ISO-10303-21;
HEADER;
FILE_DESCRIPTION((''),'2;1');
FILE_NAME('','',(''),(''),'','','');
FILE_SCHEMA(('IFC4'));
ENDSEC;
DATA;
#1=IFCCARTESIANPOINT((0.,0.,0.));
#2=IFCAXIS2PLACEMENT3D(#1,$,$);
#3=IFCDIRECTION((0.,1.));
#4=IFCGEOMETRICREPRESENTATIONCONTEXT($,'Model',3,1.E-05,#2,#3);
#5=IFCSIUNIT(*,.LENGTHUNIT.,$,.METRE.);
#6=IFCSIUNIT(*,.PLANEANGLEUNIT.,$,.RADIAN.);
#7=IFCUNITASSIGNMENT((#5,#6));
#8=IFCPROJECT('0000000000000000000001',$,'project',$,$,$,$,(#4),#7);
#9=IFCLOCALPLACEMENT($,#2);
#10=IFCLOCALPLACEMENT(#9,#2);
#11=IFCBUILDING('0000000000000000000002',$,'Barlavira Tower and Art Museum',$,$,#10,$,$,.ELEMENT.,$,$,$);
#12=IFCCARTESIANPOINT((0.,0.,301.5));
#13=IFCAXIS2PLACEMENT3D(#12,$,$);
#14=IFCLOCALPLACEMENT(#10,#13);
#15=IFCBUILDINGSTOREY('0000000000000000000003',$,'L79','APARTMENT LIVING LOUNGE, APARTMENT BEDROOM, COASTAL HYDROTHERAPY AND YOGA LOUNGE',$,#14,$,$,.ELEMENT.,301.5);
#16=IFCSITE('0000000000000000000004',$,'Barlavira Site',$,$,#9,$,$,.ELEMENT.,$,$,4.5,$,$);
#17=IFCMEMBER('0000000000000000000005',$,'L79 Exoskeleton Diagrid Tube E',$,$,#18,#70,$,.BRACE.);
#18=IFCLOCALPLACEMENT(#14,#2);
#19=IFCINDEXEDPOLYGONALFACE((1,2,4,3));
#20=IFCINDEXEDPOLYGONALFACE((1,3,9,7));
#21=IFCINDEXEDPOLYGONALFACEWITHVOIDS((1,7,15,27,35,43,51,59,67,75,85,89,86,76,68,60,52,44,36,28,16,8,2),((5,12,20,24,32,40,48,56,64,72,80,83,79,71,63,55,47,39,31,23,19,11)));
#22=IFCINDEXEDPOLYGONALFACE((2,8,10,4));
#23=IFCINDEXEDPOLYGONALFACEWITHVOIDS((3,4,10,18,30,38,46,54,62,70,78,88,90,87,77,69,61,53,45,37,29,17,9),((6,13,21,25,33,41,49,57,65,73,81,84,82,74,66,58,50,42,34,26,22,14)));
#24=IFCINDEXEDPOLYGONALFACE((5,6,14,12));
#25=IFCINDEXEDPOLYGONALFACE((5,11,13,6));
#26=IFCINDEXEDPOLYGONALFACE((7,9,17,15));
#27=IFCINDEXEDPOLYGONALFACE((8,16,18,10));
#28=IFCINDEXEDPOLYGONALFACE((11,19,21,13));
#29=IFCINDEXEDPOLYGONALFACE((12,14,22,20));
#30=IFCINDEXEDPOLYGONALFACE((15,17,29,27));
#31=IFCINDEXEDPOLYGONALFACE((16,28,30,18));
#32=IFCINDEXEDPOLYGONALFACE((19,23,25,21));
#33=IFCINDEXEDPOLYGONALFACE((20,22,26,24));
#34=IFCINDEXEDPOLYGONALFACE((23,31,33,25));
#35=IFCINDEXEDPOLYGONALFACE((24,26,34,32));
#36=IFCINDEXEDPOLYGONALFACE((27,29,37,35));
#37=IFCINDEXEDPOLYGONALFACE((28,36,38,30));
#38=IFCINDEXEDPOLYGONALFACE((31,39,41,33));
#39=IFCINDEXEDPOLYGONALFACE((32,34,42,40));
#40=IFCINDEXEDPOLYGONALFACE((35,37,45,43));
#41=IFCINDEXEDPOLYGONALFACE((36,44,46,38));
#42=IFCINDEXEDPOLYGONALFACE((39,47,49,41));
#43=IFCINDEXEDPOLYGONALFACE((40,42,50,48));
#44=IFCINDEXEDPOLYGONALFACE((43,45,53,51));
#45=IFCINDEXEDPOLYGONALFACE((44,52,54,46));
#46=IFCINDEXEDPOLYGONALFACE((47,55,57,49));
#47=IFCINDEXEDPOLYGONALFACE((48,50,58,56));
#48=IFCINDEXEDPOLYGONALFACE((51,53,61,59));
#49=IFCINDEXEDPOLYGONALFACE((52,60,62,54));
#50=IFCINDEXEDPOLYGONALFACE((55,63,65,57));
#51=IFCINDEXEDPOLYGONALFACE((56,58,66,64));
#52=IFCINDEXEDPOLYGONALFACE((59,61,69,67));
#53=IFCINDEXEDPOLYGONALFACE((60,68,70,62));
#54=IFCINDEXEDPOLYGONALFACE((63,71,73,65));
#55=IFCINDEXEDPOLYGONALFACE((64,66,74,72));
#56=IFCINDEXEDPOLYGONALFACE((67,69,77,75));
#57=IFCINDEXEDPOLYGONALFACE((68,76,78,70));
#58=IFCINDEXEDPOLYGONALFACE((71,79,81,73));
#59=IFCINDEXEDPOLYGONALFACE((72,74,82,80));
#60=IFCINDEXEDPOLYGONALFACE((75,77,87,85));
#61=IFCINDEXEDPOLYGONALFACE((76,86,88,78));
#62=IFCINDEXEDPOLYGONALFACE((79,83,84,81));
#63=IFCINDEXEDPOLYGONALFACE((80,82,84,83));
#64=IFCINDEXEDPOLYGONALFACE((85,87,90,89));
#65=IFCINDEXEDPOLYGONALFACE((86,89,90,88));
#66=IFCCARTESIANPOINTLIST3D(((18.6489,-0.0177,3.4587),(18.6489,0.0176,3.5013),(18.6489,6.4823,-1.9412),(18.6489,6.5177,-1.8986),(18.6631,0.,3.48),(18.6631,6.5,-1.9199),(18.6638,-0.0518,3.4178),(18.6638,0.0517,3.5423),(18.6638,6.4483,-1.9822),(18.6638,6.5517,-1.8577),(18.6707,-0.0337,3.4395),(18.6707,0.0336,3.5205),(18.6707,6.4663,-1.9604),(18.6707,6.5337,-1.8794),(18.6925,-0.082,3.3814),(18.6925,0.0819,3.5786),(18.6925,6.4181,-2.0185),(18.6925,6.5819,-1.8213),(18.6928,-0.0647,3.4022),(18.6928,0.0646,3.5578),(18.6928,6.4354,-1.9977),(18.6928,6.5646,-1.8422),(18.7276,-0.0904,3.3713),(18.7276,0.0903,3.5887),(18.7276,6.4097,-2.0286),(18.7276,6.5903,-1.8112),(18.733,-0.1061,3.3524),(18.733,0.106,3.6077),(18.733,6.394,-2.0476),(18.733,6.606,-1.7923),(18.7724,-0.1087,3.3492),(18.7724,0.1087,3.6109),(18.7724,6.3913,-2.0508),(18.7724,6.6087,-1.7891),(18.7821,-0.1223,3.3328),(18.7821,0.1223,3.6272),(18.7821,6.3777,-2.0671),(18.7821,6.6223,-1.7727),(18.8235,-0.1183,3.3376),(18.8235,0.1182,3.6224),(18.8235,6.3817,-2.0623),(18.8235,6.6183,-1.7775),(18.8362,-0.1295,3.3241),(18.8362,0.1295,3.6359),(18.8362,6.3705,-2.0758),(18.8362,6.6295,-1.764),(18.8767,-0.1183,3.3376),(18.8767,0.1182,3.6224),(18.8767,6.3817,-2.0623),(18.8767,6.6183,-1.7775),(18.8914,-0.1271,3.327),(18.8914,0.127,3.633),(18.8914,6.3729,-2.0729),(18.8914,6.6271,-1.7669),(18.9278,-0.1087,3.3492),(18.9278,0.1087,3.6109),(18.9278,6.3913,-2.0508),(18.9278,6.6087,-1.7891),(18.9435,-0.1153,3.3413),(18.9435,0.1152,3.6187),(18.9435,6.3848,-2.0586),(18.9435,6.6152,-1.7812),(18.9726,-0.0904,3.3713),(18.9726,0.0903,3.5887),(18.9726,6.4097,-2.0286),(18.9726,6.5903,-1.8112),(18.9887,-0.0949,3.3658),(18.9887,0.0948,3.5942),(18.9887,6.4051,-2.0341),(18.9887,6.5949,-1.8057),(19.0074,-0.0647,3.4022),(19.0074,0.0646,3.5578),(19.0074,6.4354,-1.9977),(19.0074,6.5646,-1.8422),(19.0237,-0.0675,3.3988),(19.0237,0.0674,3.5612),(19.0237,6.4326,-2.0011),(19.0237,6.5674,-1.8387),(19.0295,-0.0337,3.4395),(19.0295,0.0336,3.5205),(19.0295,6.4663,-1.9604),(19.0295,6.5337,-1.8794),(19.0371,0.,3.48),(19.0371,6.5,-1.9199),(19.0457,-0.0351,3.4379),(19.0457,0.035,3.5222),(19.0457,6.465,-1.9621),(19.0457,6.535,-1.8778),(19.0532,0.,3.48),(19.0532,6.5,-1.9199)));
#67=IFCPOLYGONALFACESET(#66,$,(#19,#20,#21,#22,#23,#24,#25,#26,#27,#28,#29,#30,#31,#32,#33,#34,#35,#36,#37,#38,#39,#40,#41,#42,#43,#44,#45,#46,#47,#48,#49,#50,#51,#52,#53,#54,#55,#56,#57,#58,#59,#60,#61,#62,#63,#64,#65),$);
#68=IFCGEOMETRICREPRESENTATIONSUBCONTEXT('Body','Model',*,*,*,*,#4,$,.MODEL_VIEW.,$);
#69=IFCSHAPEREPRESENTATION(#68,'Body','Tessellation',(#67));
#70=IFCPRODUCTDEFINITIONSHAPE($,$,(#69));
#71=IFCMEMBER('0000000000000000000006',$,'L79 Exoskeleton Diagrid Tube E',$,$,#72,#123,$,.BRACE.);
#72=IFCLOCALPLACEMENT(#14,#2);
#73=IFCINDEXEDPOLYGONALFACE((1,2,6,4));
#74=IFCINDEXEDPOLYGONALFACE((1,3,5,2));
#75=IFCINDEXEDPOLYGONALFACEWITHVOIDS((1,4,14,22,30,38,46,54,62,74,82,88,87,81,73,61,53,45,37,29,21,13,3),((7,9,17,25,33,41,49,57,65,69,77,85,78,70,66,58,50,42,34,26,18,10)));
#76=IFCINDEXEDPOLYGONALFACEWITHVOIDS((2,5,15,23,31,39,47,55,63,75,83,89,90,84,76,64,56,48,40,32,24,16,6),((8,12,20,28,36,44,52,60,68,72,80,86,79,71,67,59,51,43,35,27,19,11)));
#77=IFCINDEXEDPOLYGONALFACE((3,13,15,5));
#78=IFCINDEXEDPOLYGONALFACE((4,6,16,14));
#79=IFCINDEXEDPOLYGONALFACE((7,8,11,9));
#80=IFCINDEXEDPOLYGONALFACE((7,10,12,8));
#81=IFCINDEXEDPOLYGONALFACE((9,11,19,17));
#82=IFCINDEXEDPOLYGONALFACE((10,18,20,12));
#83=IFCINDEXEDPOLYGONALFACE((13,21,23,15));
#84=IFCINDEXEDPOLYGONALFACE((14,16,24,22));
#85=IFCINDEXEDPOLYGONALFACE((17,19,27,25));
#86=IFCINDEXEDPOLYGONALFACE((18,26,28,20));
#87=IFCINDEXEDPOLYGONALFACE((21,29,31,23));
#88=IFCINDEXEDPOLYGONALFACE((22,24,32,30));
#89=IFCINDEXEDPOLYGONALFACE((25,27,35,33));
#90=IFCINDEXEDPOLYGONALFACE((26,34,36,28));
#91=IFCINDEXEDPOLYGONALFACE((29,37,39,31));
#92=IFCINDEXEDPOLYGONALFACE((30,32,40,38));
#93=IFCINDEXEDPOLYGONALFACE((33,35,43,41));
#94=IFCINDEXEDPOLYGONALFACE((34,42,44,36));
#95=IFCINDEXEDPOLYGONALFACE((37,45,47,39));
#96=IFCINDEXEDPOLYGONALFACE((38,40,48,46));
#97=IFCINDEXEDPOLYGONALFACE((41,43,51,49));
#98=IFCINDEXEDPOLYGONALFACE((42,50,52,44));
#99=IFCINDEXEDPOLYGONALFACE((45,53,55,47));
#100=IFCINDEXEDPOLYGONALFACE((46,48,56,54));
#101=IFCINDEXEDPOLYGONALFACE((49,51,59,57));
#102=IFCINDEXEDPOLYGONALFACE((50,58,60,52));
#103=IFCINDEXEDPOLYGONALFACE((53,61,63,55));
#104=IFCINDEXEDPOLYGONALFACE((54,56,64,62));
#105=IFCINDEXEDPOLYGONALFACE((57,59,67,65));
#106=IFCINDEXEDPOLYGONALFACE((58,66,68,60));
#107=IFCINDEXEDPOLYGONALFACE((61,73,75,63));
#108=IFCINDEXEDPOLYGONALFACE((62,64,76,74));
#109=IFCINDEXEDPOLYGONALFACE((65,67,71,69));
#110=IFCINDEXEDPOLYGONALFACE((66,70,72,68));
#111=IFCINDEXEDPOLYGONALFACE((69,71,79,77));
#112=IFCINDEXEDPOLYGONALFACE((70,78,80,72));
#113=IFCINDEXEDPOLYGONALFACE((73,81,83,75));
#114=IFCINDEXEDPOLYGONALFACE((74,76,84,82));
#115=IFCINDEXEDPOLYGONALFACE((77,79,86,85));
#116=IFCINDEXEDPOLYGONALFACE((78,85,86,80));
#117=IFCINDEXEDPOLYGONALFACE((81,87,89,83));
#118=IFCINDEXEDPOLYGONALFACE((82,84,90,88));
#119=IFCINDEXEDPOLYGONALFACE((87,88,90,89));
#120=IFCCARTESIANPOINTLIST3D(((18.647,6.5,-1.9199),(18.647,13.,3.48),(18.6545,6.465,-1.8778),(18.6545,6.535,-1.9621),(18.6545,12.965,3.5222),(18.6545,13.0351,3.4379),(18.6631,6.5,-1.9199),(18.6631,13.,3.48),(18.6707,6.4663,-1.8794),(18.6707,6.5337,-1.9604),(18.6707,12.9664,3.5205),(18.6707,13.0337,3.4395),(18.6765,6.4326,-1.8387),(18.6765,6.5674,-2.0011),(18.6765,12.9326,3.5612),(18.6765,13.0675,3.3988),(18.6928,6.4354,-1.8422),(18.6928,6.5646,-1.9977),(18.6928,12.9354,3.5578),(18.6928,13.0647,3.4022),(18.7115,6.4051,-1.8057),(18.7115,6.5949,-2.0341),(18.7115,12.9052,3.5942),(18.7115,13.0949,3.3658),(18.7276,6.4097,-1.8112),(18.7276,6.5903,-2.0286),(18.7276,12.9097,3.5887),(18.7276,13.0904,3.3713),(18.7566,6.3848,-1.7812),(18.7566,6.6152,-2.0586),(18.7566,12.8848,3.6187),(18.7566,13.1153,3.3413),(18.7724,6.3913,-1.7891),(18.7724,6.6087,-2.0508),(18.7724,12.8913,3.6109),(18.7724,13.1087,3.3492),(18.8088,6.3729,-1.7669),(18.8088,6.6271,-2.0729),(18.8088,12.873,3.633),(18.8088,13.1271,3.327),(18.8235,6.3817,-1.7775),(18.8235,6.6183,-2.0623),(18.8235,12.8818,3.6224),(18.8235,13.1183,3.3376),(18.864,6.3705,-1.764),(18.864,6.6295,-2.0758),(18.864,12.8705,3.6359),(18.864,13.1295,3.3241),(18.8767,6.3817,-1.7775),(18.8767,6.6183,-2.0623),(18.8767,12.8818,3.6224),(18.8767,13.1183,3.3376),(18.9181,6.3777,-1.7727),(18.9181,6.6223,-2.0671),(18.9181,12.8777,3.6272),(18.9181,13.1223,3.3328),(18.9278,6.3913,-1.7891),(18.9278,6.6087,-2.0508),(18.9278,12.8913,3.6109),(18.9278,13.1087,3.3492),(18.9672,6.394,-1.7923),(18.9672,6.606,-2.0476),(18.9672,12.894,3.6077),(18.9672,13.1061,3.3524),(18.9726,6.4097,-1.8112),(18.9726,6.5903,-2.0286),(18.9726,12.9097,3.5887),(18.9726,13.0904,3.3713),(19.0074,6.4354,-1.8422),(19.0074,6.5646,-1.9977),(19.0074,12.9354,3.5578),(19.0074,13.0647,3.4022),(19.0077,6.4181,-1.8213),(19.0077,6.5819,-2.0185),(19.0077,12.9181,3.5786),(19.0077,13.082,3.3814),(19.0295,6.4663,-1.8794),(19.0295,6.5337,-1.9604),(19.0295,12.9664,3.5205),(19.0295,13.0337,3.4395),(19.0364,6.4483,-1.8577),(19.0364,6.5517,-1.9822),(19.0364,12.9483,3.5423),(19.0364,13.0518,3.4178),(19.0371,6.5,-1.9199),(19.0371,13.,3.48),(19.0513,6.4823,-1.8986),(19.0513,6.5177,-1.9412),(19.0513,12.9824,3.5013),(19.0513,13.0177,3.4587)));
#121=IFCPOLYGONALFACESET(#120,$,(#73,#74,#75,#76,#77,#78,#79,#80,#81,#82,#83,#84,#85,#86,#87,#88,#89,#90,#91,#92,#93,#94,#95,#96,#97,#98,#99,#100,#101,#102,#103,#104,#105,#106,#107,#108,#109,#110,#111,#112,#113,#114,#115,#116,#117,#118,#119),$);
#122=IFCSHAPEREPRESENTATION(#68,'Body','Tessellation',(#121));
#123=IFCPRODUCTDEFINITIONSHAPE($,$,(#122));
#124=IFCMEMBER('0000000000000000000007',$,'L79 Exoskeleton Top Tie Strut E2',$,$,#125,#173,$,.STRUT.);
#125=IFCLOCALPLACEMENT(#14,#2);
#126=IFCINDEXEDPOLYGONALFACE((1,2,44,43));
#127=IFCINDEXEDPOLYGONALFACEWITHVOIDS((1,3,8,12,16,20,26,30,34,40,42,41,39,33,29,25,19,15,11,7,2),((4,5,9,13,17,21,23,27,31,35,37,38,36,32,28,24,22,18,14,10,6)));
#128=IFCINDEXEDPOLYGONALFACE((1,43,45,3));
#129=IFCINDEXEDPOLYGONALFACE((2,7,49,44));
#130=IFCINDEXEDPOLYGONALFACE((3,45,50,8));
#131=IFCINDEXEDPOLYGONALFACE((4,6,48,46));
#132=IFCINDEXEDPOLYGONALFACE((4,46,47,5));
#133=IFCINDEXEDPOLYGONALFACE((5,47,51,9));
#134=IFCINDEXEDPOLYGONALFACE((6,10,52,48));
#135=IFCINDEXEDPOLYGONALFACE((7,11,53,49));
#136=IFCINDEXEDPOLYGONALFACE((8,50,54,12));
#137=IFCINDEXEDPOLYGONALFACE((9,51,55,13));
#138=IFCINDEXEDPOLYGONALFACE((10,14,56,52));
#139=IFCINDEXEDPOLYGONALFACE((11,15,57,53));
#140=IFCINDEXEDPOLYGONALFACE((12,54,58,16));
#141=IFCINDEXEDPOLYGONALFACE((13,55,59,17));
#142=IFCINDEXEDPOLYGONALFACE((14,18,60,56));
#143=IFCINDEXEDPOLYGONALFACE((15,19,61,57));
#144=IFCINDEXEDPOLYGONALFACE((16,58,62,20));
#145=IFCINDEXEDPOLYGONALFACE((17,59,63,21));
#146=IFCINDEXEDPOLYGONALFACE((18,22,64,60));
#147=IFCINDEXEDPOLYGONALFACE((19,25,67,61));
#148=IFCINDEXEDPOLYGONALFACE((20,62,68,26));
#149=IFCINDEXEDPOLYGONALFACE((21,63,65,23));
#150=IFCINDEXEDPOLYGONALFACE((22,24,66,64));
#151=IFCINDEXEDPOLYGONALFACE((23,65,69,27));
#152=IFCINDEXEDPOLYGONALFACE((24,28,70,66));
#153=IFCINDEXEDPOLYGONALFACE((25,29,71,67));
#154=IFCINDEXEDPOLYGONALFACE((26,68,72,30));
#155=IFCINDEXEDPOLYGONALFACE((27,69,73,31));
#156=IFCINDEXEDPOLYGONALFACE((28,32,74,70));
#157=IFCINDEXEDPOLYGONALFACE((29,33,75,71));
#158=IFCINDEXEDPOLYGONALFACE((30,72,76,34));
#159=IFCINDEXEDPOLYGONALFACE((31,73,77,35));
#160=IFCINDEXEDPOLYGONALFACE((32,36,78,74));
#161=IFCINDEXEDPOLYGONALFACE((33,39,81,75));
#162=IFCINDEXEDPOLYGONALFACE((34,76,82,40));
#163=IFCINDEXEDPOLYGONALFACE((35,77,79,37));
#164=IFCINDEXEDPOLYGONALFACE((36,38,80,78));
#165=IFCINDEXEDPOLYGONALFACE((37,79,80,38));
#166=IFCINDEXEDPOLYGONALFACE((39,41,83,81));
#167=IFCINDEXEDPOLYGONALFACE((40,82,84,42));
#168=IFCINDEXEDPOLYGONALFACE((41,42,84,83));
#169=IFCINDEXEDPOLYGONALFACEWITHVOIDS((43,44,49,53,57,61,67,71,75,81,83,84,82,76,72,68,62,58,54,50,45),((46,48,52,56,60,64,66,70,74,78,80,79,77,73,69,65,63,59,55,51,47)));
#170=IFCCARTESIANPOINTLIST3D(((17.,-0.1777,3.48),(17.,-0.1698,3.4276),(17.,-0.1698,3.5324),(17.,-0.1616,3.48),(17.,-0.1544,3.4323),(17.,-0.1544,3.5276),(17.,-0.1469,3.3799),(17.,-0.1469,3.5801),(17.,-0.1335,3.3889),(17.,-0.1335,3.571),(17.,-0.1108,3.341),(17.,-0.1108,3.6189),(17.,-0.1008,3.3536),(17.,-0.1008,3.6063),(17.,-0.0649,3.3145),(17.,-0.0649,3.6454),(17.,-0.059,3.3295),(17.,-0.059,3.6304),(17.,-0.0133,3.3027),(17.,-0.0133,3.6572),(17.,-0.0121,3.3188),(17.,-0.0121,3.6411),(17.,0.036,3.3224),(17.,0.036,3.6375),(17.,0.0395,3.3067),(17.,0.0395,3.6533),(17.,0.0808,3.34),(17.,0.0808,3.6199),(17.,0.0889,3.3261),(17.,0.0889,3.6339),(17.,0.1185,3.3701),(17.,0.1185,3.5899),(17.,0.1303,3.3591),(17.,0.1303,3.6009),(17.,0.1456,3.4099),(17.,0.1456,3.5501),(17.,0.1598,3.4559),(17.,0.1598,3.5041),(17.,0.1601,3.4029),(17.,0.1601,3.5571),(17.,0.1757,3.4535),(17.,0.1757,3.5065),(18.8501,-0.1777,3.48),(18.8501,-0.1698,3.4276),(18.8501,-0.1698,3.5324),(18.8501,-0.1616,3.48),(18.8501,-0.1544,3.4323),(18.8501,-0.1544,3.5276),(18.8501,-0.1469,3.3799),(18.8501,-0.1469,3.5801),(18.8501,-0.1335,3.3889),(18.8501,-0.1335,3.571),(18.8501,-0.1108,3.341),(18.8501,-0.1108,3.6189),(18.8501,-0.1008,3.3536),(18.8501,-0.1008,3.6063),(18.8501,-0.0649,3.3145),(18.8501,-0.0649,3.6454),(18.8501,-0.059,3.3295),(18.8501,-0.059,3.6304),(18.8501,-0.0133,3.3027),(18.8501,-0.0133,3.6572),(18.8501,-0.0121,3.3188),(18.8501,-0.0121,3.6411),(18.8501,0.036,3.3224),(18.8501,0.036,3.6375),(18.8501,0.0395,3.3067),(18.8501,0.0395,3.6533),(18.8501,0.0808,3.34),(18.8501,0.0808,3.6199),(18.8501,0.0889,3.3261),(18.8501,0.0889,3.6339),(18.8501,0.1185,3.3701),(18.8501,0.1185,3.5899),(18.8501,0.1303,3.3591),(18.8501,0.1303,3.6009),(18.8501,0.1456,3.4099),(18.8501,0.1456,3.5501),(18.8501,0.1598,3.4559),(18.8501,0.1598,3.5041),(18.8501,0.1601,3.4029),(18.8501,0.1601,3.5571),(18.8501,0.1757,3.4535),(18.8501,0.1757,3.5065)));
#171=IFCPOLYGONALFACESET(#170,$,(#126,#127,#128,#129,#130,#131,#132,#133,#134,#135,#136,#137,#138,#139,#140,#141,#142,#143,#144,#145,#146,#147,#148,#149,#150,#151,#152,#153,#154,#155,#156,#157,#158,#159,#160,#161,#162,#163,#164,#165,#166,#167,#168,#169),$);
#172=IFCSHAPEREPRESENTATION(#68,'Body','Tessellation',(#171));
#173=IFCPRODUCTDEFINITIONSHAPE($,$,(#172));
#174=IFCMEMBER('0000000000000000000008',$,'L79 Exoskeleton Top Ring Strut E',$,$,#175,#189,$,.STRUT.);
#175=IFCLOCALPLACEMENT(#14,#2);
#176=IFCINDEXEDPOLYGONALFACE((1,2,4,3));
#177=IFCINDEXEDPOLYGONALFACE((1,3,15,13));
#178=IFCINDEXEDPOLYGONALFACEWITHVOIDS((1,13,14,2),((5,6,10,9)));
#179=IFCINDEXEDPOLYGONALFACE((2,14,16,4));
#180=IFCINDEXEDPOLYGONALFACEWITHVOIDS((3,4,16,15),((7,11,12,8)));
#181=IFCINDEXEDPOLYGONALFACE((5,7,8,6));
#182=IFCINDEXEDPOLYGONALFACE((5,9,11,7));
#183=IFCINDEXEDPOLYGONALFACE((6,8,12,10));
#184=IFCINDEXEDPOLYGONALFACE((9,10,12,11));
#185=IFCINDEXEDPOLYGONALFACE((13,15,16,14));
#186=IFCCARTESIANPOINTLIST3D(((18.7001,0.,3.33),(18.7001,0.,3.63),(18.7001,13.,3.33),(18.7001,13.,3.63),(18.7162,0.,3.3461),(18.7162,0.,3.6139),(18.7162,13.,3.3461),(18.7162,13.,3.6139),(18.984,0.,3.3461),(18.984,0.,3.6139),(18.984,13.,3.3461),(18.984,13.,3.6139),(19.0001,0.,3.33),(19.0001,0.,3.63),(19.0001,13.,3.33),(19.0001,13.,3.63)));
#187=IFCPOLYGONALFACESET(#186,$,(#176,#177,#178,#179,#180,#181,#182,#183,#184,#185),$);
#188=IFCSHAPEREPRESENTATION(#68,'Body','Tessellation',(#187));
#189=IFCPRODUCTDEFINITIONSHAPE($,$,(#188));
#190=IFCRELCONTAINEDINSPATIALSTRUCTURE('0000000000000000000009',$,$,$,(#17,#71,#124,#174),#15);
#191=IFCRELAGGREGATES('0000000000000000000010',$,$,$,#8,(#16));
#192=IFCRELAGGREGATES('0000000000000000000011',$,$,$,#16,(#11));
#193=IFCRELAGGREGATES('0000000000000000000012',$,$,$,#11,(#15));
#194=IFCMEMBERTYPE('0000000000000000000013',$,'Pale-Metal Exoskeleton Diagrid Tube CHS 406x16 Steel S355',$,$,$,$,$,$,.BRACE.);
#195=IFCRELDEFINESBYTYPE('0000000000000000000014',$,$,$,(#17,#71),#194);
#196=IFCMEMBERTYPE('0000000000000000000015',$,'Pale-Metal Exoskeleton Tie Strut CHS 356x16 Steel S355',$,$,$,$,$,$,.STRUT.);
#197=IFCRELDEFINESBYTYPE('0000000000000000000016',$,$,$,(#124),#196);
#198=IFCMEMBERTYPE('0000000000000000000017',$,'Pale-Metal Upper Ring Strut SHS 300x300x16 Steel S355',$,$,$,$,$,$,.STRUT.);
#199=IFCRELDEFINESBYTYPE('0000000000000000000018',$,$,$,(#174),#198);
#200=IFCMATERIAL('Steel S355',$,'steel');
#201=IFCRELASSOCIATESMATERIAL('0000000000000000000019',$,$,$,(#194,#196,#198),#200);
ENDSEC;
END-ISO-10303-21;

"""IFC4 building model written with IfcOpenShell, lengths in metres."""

from ifc_helpers import new_model, si_unit, direction, frame, origin, origin_2d, place, context, subcontext, project, spatial, hollow_rectangle, hollow_circle, extrude, material, material_profile, profile_set, type_object, element, save


model = new_model("IFC4")

# Units and contexts
model_context = context("Model", 3, precision=1e-05, world=origin(), true_north=direction((0.0, 1.0)))
body_context = subcontext(model_context, "Body", "Model", "MODEL_VIEW")
ifc_project = project(units=[si_unit("LENGTHUNIT", "METRE"), si_unit("PLANEANGLEUNIT", "RADIAN")], contexts=[model_context])

# Site, building, storey
site_placement = place(None, origin())
site = spatial("IfcSite", under=ifc_project, at=site_placement, Name="Barlavira Site", CompositionType="ELEMENT", RefElevation=4.5)
building_placement = place(site_placement, origin())
building = spatial("IfcBuilding", under=site, at=building_placement, Name="Barlavira Tower and Art Museum", CompositionType="ELEMENT")
storey_placement = place(building_placement, frame((0.0, 0.0, 301.5)))
storey = spatial("IfcBuildingStorey", under=building, at=storey_placement, Name="L79", Description="APARTMENT LIVING LOUNGE, APARTMENT BEDROOM, COASTAL HYDROTHERAPY AND YOGA LOUNGE", CompositionType="ELEMENT", Elevation=301.5)

# Members
ifc_material_1 = material(Name="Steel S355", Category="steel")
ifc_material_profile_1 = material_profile(ifc_material_1, hollow_circle(Radius=0.2031, WallThickness=0.0161, at=origin_2d()), Name="CHS 406.4x16.0")
ifc_profile_set_1 = profile_set([ifc_material_profile_1], Name="Steel S355")
member_type_1 = type_object("IfcMemberType", Name="Pale-Metal Exoskeleton Diagrid Tube CHS 406x16 Steel S355", PredefinedType="BRACE", material=ifc_profile_set_1)
for number, where, z_axis, x_axis, name in (
    (1, (18.8501, 6.5, -1.9199), (0.0, -0.769196, 0.639013), (1.0, 0.0, 0.0), "L79 Exoskeleton Diagrid Tube E"),
    (2, (18.8501, 6.5, -1.9199), (0.0, 0.769196, 0.639013), (-1.0, 0.0, 0.0), "L79 Exoskeleton Diagrid Tube E"),
):
    element("IfcMember", number, at=place(storey_placement, frame(where, z_axis=z_axis, x_axis=x_axis)), inside=storey, type_object=member_type_1, Name=name, PredefinedType="BRACE", context=body_context, shape_type="SweptSolid", body=[
        extrude(hollow_circle(Radius=0.2031, WallThickness=0.0161, at=origin_2d()), origin(), (0.0, 0.0, 1.0), 8.4504),
    ])
ifc_material_profile_2 = material_profile(ifc_material_1, hollow_circle(Radius=0.1777, WallThickness=0.0161, at=origin_2d()), Name="CHS 355.6x16.0")
ifc_profile_set_2 = profile_set([ifc_material_profile_2], Name="Steel S355")
member_type_2 = type_object("IfcMemberType", Name="Pale-Metal Exoskeleton Tie Strut CHS 356x16 Steel S355", PredefinedType="STRUT", material=ifc_profile_set_2)
member_1_placement = place(storey_placement, frame((18.8501, 0.0, 3.48), z_axis=(-1.0, 0.0, 0.0), x_axis=(0.0, -1.0, 0.0)))
element("IfcMember", 3, at=member_1_placement, inside=storey, type_object=member_type_2, Name="L79 Exoskeleton Top Tie Strut E2", PredefinedType="STRUT", context=body_context, shape_type="SweptSolid", body=[
    extrude(hollow_circle(Radius=0.1777, WallThickness=0.0161, at=origin_2d()), origin(), (0.0, 0.0, 1.0), 1.8501),
])
ifc_material_profile_3 = material_profile(ifc_material_1, hollow_rectangle(XDim=0.3, YDim=0.3, WallThickness=0.0161, at=origin_2d()), Name="SHS 300x300x16.0")
ifc_profile_set_3 = profile_set([ifc_material_profile_3], Name="Steel S355")
member_type_3 = type_object("IfcMemberType", Name="Pale-Metal Upper Ring Strut SHS 300x300x16 Steel S355", PredefinedType="STRUT", material=ifc_profile_set_3)
member_2_placement = place(storey_placement, frame((18.8501, 0.0, 3.48), z_axis=(0.0, 1.0, 0.0), x_axis=(-1.0, 0.0, 0.0)))
element("IfcMember", 4, at=member_2_placement, inside=storey, type_object=member_type_3, Name="L79 Exoskeleton Top Ring Strut E", PredefinedType="STRUT", context=body_context, shape_type="SweptSolid", body=[
    extrude(hollow_rectangle(XDim=0.3, YDim=0.3, WallThickness=0.0161, at=origin_2d()), origin(), (0.0, 0.0, 1.0), 13.0),
])

save(model, "model.ifc")
